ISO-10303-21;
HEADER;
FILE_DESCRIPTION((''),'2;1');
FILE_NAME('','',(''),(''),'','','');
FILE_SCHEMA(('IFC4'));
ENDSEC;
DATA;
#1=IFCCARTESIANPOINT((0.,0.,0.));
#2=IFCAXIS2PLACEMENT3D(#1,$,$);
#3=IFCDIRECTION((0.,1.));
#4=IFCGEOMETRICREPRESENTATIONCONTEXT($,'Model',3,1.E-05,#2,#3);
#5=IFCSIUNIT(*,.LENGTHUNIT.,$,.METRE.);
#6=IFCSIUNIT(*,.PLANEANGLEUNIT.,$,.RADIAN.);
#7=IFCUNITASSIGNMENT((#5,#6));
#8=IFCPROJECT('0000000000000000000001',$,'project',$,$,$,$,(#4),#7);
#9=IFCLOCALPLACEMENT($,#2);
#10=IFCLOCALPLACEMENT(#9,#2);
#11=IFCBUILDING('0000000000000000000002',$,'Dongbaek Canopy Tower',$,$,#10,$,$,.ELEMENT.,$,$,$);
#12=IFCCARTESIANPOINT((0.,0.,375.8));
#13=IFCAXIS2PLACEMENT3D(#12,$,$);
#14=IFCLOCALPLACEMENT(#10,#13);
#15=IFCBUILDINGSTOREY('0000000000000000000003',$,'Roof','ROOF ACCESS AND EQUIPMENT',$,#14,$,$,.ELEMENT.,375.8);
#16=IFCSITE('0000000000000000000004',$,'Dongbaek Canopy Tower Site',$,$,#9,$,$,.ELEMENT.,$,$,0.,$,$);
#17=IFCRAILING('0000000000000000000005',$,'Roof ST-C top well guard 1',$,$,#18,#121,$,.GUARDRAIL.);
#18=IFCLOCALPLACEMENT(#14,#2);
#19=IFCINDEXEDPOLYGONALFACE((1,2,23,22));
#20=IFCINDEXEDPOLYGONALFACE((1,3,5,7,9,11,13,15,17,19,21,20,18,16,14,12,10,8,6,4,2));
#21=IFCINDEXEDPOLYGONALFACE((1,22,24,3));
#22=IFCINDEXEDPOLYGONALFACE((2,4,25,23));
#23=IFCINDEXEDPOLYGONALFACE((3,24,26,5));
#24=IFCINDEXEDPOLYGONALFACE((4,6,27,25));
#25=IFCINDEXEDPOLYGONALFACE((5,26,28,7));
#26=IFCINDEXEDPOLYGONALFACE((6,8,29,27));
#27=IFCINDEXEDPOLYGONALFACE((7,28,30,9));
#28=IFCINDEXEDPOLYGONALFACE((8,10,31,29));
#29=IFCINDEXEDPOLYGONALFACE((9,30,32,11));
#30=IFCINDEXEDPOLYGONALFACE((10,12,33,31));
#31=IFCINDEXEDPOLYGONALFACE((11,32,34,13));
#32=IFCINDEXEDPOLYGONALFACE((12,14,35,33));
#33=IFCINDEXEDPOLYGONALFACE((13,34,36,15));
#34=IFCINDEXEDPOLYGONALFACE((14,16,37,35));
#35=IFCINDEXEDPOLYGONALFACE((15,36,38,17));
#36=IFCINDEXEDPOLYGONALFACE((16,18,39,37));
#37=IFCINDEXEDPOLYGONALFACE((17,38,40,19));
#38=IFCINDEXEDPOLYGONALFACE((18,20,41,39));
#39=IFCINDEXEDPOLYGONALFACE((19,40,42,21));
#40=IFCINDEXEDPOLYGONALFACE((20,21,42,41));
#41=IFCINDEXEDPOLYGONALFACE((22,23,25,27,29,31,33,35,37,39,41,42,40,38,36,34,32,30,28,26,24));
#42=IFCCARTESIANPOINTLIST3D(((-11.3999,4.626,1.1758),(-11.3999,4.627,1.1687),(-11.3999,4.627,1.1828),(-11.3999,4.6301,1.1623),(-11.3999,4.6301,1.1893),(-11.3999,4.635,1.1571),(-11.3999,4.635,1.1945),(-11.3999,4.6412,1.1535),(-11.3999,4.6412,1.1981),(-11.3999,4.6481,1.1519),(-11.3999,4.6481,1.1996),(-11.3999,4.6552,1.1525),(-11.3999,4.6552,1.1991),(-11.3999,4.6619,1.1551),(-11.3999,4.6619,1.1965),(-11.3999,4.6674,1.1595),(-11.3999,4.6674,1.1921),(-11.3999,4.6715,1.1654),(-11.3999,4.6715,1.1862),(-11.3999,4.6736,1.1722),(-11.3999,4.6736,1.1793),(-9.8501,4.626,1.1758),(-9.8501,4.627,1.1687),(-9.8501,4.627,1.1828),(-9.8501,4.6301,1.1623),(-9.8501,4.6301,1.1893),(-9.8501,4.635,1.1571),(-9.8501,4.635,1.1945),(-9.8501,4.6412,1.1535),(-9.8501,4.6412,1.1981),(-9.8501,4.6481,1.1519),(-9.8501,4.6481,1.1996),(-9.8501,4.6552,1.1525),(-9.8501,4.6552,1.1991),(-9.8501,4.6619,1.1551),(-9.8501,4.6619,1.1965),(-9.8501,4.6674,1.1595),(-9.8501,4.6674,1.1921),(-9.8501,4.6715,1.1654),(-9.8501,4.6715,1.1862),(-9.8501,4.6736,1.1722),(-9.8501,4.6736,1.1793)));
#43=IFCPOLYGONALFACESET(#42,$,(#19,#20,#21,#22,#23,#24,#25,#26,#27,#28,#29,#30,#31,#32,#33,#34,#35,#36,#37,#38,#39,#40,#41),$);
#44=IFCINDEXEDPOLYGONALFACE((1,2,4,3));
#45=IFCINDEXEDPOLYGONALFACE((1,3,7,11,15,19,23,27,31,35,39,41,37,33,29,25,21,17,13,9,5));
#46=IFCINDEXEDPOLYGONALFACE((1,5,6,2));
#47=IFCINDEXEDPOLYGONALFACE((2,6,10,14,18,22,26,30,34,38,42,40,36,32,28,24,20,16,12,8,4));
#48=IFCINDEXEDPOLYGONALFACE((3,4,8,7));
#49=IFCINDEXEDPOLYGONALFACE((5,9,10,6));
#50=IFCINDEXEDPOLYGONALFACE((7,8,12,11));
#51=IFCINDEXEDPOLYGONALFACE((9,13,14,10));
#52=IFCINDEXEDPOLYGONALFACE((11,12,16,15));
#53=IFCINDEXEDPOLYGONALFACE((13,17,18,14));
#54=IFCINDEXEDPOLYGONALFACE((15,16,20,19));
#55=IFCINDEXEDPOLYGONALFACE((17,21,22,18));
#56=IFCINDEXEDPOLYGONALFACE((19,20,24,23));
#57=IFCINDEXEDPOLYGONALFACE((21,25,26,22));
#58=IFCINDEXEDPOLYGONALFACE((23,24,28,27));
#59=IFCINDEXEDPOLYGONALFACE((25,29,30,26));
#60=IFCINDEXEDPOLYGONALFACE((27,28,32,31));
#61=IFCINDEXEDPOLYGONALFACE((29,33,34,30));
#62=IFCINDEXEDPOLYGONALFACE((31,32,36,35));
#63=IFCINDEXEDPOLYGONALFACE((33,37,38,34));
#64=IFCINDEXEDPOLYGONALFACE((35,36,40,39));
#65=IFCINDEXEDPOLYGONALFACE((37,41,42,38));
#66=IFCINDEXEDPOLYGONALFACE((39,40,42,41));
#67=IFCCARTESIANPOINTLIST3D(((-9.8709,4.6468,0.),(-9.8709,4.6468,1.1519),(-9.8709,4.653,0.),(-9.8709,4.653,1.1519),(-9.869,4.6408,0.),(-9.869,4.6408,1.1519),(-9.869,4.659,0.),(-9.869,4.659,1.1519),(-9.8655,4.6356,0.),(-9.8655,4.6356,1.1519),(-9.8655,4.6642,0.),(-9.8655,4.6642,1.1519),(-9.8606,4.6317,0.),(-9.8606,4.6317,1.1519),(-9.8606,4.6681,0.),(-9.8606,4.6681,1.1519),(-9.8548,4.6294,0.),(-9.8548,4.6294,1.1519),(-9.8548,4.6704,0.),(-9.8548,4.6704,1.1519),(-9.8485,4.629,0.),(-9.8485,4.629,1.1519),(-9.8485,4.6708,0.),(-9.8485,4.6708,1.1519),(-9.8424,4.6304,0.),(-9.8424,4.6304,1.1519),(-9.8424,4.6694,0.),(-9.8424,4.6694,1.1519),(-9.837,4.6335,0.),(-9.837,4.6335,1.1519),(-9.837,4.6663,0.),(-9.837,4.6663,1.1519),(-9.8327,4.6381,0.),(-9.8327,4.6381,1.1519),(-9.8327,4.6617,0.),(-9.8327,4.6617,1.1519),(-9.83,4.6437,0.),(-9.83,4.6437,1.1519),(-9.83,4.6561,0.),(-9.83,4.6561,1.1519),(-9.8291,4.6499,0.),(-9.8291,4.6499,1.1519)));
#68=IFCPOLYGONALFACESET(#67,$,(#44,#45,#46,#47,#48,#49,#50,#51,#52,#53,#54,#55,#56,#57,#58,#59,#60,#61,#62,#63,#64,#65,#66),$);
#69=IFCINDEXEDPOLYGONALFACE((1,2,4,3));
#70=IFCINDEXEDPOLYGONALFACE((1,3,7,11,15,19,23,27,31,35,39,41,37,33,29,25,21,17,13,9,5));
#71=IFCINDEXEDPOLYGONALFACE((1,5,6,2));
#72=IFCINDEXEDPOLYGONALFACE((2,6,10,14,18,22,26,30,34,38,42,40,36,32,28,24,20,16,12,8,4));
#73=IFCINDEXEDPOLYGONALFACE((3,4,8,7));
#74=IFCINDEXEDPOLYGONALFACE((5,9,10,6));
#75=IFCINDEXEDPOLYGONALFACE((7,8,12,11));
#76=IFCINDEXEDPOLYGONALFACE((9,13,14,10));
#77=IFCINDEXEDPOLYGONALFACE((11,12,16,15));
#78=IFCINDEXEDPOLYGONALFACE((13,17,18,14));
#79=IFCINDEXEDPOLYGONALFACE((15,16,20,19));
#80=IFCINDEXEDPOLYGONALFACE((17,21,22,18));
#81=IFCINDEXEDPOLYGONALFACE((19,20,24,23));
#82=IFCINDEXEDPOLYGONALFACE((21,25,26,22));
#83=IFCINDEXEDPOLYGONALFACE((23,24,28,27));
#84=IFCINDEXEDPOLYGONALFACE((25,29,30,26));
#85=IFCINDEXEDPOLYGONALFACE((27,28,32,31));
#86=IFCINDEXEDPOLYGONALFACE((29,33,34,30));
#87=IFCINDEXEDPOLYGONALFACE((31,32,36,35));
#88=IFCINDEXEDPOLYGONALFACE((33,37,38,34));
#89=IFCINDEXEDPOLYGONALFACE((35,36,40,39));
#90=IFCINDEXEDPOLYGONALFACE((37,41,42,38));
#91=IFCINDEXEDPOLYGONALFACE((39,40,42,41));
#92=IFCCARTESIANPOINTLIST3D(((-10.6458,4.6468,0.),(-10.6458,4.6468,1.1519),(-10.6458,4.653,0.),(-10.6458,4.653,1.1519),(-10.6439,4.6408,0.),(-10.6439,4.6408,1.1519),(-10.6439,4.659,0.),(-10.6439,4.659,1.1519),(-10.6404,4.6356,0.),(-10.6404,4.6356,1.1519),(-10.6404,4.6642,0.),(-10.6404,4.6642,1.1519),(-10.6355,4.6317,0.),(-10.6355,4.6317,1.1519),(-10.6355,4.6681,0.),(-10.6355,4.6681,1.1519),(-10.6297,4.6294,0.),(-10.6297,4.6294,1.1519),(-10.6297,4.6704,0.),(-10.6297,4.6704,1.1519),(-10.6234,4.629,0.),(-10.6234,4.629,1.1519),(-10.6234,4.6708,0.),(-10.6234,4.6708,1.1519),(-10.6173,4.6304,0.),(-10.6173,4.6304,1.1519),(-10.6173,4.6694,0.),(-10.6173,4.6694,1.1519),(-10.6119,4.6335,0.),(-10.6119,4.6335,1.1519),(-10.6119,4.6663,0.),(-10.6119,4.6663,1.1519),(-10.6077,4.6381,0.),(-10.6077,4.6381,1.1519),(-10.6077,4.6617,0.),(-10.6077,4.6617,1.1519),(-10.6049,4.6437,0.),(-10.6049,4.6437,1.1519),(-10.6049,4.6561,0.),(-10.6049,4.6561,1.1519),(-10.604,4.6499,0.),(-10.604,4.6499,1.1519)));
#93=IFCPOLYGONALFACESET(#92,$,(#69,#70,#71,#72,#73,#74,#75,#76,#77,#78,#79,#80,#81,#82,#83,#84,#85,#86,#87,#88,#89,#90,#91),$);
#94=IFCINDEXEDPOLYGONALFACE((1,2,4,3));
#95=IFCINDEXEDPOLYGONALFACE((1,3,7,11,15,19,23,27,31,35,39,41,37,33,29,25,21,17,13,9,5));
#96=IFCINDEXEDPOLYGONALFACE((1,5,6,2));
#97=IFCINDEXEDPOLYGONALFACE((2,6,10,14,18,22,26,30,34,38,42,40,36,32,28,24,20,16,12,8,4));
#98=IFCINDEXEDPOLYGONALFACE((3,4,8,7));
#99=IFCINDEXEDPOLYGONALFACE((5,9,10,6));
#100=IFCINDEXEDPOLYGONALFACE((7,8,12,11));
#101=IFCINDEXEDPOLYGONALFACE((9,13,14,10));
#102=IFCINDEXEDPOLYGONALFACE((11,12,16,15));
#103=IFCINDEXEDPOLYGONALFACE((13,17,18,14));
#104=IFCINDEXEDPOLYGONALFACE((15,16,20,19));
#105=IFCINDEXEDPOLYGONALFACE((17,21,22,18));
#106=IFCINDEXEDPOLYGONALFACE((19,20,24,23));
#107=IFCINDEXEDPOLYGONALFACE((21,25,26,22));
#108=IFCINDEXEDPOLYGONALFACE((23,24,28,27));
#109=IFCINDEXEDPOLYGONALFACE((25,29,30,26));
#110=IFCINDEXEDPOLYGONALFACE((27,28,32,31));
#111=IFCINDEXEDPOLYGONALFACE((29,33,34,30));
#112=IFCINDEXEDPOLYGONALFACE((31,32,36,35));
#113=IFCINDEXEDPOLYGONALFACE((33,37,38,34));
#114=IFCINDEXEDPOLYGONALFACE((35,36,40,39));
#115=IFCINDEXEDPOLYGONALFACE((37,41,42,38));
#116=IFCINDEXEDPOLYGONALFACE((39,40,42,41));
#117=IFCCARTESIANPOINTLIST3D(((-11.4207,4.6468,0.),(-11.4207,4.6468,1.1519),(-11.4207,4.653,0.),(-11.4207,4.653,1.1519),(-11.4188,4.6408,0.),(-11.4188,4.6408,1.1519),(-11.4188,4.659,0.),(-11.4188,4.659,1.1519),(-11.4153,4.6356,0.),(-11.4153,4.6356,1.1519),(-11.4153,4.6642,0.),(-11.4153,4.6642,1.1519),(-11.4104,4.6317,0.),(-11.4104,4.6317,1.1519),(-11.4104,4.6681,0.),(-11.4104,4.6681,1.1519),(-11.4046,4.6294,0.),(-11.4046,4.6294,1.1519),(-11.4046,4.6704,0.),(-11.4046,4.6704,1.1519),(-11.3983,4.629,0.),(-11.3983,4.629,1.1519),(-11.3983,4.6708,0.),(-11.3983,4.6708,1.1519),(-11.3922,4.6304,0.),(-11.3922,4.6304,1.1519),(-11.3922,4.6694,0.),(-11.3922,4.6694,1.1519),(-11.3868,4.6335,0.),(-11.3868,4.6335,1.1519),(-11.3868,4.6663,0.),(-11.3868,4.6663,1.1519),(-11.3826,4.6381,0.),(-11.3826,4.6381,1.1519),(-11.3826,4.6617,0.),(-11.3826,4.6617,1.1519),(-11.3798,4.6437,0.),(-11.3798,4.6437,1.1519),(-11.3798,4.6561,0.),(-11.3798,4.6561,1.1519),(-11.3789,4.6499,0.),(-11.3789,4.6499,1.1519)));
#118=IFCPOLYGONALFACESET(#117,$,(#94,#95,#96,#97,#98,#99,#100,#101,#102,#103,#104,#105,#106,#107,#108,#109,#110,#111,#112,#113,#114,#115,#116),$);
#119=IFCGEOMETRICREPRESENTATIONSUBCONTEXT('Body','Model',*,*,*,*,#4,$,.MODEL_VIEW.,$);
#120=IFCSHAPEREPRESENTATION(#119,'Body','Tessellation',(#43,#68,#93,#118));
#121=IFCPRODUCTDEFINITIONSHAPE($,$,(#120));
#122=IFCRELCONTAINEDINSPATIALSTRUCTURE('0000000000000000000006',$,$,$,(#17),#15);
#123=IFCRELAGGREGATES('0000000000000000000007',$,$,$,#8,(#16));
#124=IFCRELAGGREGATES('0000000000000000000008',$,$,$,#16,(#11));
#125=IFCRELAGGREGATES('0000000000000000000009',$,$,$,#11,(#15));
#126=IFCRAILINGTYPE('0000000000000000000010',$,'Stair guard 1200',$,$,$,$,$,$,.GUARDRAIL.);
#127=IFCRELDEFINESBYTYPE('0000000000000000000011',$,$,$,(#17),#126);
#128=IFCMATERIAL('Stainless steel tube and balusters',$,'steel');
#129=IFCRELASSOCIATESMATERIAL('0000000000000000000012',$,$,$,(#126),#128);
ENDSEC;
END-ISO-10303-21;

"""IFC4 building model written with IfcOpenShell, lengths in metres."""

from ifc_helpers import new_model, si_unit, direction, frame, origin, origin_2d, place, context, subcontext, project, spatial, circle, extrude, material, type_object, element, save


model = new_model("IFC4")

# Units and contexts
model_context = context("Model", 3, precision=1e-05, world=origin(), true_north=direction((0.0, 1.0)))
body_context = subcontext(model_context, "Body", "Model", "MODEL_VIEW")
ifc_project = project(units=[si_unit("LENGTHUNIT", "METRE"), si_unit("PLANEANGLEUNIT", "RADIAN")], contexts=[model_context])

# Site, building, storey
site_placement = place(None, origin())
site = spatial("IfcSite", under=ifc_project, at=site_placement, Name="Dongbaek Canopy Tower Site", CompositionType="ELEMENT", RefElevation=0.0)
building_placement = place(site_placement, origin())
building = spatial("IfcBuilding", under=site, at=building_placement, Name="Dongbaek Canopy Tower", CompositionType="ELEMENT")
storey_placement = place(building_placement, frame((0.0, 0.0, 375.8)))
storey = spatial("IfcBuildingStorey", under=building, at=storey_placement, Name="Roof", Description="ROOF ACCESS AND EQUIPMENT", CompositionType="ELEMENT", Elevation=375.8)

# Railing
ifc_material_1 = material(Name="Stainless steel tube and balusters", Category="steel")
railing_type = type_object("IfcRailingType", Name="Stair guard 1200", PredefinedType="GUARDRAIL", material=ifc_material_1)
railing_placement = place(storey_placement, frame((-9.8501, 4.6499, 0.0)))
element("IfcRailing", 1, at=railing_placement, inside=storey, type_object=railing_type, Name="Roof ST-C top well guard 1", PredefinedType="GUARDRAIL", context=body_context, shape_type="SweptSolid", body=[
    extrude(circle(Radius=0.0239, at=origin_2d()), frame((0.0, 0.0, 1.1758), z_axis=(-1.0, 0.0, 0.0), x_axis=(0.0, -1.0, 0.0)), (0.0, 0.0, 1.0), 1.5498),
    extrude(circle(Radius=0.021, at=origin_2d()), origin(), (0.0, 0.0, 1.0), 1.1519),
    extrude(circle(Radius=0.021, at=origin_2d()), frame((-0.7749, 0.0, 0.0)), (0.0, 0.0, 1.0), 1.1519),
    extrude(circle(Radius=0.021, at=origin_2d()), frame((-1.5498, 0.0, 0.0)), (0.0, 0.0, 1.0), 1.1519),
])

save(model, "model.ifc")
